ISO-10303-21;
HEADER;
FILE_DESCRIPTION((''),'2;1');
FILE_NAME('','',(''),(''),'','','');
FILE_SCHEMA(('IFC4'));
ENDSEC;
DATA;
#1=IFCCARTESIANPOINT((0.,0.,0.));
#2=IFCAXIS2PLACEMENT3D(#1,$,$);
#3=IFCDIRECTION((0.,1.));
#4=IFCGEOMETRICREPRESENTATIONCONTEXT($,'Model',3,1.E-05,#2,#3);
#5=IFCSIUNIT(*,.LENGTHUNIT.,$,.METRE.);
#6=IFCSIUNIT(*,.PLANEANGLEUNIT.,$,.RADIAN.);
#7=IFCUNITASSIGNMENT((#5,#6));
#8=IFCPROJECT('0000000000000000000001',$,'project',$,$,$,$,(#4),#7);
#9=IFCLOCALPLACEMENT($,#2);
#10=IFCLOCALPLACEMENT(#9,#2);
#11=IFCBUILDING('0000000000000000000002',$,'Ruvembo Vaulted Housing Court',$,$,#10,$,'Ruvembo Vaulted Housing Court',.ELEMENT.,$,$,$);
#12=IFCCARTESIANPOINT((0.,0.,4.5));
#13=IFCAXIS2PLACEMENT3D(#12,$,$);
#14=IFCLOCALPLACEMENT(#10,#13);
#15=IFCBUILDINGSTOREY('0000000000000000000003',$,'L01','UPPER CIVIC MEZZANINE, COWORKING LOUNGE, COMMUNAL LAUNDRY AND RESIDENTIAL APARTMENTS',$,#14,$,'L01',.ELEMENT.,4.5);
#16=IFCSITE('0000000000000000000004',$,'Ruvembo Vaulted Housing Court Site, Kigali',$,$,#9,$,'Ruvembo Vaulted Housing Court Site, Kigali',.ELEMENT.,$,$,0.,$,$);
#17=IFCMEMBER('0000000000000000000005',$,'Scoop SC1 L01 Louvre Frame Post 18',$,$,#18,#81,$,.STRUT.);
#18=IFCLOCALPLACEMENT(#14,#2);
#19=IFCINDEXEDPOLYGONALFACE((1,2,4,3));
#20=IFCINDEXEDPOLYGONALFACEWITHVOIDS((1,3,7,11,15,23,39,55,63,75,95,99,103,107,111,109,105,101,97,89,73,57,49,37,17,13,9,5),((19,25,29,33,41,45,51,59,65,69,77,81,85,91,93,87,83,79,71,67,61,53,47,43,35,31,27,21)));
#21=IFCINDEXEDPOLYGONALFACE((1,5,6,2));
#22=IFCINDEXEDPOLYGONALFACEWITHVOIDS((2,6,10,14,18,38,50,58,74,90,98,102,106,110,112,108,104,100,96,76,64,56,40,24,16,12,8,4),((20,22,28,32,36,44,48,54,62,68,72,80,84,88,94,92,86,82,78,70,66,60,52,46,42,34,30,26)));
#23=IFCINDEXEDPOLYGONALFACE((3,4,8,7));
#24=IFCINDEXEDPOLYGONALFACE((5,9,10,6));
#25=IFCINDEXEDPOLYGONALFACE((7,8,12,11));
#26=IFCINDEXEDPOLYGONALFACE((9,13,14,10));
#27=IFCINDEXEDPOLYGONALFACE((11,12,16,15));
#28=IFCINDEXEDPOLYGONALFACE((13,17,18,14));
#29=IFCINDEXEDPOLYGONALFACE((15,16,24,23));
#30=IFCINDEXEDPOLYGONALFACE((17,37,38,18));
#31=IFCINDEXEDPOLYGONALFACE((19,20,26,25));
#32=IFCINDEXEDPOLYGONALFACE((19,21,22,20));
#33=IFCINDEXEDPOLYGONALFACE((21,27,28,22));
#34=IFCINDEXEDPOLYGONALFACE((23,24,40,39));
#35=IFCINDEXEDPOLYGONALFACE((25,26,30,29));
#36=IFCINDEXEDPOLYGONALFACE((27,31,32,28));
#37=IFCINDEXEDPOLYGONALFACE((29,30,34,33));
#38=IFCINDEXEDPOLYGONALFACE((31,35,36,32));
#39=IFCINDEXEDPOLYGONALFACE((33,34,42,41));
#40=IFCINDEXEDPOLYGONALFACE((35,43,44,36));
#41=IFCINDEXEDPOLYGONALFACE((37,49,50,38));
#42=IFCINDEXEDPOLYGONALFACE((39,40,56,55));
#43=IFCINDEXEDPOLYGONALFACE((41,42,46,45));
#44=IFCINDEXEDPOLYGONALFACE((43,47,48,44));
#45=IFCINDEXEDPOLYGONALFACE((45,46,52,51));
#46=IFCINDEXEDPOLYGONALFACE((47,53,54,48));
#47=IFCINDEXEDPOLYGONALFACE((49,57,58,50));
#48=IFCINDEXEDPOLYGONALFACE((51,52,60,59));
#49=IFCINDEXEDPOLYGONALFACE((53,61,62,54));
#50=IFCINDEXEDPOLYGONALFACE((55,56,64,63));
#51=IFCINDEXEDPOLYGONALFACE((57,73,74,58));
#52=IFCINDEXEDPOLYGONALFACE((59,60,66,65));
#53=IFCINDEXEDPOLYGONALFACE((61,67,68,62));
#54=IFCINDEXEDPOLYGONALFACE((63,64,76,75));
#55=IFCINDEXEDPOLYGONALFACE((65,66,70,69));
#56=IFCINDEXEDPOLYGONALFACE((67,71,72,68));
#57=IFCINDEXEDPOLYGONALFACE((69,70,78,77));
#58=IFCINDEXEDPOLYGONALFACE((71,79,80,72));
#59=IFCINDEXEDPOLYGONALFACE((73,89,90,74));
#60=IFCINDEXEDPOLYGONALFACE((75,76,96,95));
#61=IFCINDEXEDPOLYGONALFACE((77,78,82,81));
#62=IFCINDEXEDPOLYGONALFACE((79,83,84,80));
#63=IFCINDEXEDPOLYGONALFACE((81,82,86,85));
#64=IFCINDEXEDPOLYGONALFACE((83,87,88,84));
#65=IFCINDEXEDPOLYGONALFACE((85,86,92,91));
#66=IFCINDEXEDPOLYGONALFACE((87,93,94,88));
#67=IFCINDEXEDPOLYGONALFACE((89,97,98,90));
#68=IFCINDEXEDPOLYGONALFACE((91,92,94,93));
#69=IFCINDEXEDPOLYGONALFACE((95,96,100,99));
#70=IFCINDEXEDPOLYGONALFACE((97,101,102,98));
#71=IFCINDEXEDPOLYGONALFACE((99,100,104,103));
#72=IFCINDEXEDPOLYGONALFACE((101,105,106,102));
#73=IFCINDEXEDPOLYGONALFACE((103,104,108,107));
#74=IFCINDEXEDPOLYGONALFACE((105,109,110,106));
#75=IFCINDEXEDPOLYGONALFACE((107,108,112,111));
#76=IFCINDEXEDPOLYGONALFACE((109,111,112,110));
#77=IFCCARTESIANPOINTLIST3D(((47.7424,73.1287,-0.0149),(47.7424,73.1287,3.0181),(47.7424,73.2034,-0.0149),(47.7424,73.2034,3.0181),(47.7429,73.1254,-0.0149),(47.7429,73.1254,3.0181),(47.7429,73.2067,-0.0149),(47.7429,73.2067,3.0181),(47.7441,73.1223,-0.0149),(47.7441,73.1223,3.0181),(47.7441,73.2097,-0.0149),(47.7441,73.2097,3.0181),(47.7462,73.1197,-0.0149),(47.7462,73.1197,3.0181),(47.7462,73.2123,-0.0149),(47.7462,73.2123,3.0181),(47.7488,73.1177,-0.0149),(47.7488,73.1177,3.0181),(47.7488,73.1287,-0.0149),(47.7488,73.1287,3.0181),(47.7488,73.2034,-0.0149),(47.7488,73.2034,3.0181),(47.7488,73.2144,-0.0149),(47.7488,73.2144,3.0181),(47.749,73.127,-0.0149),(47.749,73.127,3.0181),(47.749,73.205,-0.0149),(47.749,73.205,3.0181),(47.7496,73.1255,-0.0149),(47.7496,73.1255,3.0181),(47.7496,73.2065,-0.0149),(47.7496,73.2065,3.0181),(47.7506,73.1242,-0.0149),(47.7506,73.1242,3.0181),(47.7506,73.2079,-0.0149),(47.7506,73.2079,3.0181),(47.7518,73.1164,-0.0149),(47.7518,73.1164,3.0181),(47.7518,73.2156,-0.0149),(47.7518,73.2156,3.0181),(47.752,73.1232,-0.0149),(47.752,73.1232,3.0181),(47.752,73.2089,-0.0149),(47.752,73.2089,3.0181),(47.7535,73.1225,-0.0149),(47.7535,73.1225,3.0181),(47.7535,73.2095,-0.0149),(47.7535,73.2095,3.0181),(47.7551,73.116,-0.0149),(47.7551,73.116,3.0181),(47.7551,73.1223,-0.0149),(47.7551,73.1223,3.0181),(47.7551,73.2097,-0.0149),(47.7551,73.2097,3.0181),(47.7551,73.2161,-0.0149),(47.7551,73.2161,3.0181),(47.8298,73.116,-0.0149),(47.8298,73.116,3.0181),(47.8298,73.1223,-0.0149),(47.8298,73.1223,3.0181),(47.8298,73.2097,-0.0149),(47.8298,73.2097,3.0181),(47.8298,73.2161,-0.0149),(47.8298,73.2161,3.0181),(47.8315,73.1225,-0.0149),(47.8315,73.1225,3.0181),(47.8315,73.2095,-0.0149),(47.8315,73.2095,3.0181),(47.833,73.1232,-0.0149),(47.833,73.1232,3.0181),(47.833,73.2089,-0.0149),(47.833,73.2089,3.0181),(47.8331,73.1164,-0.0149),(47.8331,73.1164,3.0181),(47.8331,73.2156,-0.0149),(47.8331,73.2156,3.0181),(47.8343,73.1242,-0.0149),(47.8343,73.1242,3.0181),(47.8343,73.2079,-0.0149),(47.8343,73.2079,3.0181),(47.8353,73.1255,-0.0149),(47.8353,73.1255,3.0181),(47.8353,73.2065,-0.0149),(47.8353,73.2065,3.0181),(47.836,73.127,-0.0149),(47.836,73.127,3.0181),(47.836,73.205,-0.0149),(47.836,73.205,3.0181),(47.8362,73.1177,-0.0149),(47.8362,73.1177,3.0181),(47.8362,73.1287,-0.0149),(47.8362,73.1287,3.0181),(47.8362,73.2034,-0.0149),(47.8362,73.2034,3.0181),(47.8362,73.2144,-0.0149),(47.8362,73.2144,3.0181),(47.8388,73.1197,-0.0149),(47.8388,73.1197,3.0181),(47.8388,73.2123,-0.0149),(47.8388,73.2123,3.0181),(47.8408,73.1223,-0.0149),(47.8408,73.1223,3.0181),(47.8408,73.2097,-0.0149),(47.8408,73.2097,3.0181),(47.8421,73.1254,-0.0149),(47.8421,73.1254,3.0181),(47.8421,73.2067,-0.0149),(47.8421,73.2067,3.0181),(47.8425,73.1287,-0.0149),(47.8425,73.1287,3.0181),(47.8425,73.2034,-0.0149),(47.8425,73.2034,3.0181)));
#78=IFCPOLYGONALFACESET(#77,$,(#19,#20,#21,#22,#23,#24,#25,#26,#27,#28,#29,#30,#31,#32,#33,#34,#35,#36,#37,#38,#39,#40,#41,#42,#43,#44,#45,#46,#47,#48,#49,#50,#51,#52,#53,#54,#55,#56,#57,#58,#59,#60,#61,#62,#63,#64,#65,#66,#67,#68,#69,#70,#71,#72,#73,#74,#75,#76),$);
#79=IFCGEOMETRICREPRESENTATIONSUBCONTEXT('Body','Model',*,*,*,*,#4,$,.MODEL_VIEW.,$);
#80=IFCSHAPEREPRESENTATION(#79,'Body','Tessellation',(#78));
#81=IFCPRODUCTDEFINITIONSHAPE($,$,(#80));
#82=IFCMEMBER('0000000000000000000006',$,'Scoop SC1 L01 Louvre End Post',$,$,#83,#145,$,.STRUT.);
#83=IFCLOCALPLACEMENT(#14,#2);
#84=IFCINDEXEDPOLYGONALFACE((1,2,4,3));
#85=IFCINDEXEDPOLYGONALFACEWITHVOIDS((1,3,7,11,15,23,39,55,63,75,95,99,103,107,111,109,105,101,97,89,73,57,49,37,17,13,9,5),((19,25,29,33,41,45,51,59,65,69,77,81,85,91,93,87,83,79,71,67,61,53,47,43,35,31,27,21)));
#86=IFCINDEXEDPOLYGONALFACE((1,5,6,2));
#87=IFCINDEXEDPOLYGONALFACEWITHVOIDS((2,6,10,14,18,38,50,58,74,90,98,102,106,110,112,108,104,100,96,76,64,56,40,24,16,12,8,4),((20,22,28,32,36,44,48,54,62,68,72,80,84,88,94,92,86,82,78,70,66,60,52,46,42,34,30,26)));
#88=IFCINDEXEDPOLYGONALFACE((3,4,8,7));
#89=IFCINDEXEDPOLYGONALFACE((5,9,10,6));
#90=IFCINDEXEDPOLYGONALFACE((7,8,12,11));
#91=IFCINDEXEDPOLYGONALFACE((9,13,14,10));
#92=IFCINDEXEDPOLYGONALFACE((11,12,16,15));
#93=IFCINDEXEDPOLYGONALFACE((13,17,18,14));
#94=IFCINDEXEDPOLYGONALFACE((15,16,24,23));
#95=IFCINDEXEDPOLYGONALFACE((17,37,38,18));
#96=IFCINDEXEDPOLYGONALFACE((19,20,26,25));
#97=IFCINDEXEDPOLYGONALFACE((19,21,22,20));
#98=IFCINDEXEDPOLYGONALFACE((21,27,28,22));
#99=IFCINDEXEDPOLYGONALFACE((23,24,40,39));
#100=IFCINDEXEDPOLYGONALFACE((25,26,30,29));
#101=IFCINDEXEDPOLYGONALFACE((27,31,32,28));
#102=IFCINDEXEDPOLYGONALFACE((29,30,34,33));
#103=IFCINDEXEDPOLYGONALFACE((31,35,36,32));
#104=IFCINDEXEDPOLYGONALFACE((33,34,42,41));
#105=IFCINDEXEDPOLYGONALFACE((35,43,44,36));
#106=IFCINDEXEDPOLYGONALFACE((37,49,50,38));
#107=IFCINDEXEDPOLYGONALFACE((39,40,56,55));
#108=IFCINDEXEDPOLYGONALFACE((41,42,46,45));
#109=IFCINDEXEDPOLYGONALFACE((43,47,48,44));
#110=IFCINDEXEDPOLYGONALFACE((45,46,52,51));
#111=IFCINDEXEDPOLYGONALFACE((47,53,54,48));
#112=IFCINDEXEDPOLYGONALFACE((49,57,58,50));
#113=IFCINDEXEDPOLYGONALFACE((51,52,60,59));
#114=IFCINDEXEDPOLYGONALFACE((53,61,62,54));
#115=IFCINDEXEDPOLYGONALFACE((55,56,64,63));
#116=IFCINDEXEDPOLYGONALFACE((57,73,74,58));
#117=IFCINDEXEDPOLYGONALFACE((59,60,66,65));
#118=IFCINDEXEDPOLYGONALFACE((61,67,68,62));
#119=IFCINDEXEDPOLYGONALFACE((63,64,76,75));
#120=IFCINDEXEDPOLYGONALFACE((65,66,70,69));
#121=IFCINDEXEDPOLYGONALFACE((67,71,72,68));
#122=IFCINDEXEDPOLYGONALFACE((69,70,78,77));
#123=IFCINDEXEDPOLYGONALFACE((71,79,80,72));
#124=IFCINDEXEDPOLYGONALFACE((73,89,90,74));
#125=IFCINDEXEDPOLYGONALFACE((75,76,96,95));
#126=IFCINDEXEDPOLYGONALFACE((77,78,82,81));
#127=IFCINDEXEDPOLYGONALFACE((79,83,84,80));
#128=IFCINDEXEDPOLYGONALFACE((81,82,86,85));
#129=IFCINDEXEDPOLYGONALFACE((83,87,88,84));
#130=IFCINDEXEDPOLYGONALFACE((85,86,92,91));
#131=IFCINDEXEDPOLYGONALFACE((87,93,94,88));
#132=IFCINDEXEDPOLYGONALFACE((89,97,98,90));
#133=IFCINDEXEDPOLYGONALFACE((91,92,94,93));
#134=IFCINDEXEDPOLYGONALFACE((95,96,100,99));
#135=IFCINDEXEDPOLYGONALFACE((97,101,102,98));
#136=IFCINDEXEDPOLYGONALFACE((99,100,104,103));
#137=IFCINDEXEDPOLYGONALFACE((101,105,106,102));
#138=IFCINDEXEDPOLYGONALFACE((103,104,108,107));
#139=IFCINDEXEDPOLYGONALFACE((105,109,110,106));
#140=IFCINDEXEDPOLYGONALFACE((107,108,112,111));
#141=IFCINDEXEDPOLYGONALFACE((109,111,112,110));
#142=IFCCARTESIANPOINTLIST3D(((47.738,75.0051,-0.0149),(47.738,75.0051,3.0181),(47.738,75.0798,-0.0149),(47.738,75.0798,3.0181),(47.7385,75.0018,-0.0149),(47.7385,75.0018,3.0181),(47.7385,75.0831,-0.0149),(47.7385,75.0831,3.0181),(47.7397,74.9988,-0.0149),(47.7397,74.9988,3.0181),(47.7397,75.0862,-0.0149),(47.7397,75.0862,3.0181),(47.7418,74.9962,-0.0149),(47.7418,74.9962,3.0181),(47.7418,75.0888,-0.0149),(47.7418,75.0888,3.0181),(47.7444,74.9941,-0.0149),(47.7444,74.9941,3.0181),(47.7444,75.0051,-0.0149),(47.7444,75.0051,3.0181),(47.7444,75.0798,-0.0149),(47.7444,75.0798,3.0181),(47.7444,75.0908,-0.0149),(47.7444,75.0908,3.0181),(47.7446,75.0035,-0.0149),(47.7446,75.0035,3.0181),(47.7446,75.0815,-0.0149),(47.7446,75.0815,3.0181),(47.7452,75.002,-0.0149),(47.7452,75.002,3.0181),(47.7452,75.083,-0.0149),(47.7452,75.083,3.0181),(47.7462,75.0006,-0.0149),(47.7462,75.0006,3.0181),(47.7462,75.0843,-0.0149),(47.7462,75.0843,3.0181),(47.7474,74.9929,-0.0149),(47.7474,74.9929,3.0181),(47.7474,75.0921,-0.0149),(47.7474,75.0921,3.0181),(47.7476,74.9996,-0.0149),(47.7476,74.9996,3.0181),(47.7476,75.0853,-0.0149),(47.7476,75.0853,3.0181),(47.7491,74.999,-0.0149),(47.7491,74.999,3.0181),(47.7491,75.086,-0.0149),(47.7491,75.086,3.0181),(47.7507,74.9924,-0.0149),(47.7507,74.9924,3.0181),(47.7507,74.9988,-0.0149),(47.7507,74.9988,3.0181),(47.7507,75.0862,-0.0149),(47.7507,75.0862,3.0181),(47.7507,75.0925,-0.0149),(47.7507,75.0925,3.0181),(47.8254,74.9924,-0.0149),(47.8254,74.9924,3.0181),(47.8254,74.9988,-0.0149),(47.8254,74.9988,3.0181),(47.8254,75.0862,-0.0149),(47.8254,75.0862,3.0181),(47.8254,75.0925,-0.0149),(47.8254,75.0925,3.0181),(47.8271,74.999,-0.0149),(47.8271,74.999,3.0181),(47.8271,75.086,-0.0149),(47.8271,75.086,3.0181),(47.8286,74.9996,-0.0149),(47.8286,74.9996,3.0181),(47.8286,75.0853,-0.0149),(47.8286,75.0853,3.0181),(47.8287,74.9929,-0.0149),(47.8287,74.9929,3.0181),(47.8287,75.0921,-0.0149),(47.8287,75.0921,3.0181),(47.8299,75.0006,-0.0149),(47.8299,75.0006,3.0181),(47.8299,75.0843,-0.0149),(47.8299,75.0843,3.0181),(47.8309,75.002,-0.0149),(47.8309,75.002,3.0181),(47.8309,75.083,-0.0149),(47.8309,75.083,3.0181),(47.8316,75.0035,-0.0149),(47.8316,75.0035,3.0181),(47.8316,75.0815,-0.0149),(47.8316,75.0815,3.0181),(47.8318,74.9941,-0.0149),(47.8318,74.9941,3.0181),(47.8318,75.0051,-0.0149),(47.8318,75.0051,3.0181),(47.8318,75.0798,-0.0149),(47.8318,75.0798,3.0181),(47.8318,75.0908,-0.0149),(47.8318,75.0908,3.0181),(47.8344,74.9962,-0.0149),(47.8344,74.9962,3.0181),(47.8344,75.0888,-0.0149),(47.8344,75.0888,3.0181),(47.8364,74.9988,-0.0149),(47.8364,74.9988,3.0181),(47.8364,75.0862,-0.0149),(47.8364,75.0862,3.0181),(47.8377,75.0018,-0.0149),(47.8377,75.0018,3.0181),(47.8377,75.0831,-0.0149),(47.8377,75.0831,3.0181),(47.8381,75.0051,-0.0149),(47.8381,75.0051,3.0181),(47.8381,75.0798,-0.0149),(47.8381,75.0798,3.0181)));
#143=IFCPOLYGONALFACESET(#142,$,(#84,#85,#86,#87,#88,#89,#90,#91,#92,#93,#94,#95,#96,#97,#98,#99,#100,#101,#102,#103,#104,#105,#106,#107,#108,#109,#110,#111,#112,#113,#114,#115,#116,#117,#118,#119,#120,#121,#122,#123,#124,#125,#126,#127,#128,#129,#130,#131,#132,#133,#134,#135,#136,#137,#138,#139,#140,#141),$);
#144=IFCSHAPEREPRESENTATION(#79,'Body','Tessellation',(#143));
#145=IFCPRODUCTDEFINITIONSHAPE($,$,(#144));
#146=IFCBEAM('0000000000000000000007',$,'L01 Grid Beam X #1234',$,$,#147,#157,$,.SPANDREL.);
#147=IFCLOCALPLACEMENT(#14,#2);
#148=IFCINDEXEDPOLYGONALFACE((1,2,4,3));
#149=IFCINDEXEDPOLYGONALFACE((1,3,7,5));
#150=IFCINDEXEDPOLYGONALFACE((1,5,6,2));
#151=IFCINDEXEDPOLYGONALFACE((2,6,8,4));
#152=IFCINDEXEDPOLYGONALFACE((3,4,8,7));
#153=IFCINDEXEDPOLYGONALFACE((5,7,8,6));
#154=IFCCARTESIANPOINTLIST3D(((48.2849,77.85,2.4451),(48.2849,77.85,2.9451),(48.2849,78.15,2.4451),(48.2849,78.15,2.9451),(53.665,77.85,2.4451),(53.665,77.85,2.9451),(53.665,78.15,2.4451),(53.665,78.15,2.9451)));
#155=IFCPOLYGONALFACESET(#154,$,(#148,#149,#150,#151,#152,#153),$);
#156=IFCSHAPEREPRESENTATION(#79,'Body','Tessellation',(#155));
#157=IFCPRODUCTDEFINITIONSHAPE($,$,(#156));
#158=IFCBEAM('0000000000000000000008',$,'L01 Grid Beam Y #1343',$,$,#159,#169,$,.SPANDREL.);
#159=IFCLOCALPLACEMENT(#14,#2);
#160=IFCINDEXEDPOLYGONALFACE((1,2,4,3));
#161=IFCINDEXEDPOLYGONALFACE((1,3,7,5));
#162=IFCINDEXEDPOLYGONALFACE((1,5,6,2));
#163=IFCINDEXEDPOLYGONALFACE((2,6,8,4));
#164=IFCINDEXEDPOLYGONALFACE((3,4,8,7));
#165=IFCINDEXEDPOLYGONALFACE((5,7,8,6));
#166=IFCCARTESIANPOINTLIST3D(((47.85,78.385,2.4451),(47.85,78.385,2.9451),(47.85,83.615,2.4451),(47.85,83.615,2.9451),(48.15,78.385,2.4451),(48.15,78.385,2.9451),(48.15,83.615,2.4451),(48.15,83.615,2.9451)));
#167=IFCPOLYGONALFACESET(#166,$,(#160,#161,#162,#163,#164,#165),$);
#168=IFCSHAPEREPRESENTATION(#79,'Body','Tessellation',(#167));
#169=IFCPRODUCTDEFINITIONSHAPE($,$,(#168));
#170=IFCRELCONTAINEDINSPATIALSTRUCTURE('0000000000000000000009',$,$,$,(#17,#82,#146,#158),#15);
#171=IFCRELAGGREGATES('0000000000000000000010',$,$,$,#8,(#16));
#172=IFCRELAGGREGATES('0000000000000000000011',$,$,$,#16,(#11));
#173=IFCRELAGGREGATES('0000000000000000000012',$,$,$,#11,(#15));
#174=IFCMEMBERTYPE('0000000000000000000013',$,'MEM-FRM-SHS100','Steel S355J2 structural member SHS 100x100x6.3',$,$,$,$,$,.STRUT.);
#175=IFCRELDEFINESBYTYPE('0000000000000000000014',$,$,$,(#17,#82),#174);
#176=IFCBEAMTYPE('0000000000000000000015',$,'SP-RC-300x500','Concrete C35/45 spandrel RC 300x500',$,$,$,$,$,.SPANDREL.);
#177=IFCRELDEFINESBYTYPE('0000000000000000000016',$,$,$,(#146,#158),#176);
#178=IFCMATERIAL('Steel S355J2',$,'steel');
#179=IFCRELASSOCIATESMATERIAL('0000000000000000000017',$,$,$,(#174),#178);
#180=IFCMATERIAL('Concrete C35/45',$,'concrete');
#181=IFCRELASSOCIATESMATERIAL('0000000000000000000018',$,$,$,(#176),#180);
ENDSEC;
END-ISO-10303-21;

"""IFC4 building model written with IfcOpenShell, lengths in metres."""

from ifc_helpers import new_model, si_unit, direction, frame, origin, origin_2d, place, context, subcontext, project, spatial, rectangle, hollow_rectangle, extrude, material, material_profile, profile_set, type_object, element, save


model = new_model("IFC4")

# Units and contexts
model_context = context("Model", 3, precision=1e-05, world=origin(), true_north=direction((0.0, 1.0)))
body_context = subcontext(model_context, "Body", "Model", "MODEL_VIEW")
ifc_project = project(units=[si_unit("LENGTHUNIT", "METRE"), si_unit("PLANEANGLEUNIT", "RADIAN")], contexts=[model_context])

# Site, building, storey
site_placement = place(None, origin())
site = spatial("IfcSite", under=ifc_project, at=site_placement, Name="Ruvembo Vaulted Housing Court Site, Kigali", LongName="Ruvembo Vaulted Housing Court Site, Kigali", CompositionType="ELEMENT", RefElevation=0.0)
building_placement = place(site_placement, origin())
building = spatial("IfcBuilding", under=site, at=building_placement, Name="Ruvembo Vaulted Housing Court", LongName="Ruvembo Vaulted Housing Court", CompositionType="ELEMENT")
storey_placement = place(building_placement, frame((0.0, 0.0, 4.5)))
storey = spatial("IfcBuildingStorey", under=building, at=storey_placement, Name="L01", Description="UPPER CIVIC MEZZANINE, COWORKING LOUNGE, COMMUNAL LAUNDRY AND RESIDENTIAL APARTMENTS", LongName="L01", CompositionType="ELEMENT", Elevation=4.5)

# Shared definitions
ifc_material_1 = material(Name="Steel S355J2", Category="steel")

# Members
ifc_material_profile_1 = material_profile(ifc_material_1, hollow_rectangle(XDim=0.1001, YDim=0.1001, WallThickness=0.0063, InnerFilletRadius=0.0063, OuterFilletRadius=0.0127, at=origin_2d()), Name="SHS 100x100x6.3")
ifc_profile_set_1 = profile_set([ifc_material_profile_1], Name="Steel S355J2")
member_type_1 = type_object("IfcMemberType", Name="MEM-FRM-SHS100", Description="Steel S355J2 structural member SHS 100x100x6.3", PredefinedType="STRUT", material=ifc_profile_set_1)
for number, where, z_axis, x_axis, name in (
    (1, (47.7925, 73.166, -0.0149), (0.0, 0.0, 1.0), (1.0, 0.0, 0.0), "Scoop SC1 L01 Louvre Frame Post 18"),
    (2, (47.7881, 75.0425, -0.0149), (0.0, 0.0, 1.0), (1.0, 0.0, 0.0), "Scoop SC1 L01 Louvre End Post"),
):
    element("IfcMember", number, at=place(storey_placement, frame(where, z_axis=z_axis, x_axis=x_axis)), inside=storey, type_object=member_type_1, Name=name, PredefinedType="STRUT", context=body_context, shape_type="SweptSolid", body=[
        extrude(hollow_rectangle(XDim=0.1001, YDim=0.1001, WallThickness=0.0063, InnerFilletRadius=0.0063, OuterFilletRadius=0.0127, at=origin_2d()), origin(), (0.0, 0.0, 1.0), 3.033),
    ])

# Beams
ifc_material_2 = material(Name="Concrete C35/45", Category="concrete")
ifc_material_profile_2 = material_profile(ifc_material_2, rectangle(XDim=0.3, YDim=0.5, at=origin_2d()), Name="RC 300x500")
ifc_profile_set_2 = profile_set([ifc_material_profile_2], Name="Concrete C35/45")
beam_type_1 = type_object("IfcBeamType", Name="SP-RC-300x500", Description="Concrete C35/45 spandrel RC 300x500", PredefinedType="SPANDREL", material=ifc_profile_set_2)
beam_1_placement = place(storey_placement, frame((48.2849, 78.0, 2.6951), z_axis=(1.0, 0.0, 0.0), x_axis=(0.0, 1.0, 0.0)))
element("IfcBeam", 3, at=beam_1_placement, inside=storey, type_object=beam_type_1, Name="L01 Grid Beam X #1234", PredefinedType="SPANDREL", context=body_context, shape_type="SweptSolid", body=[
    extrude(rectangle(XDim=0.3, YDim=0.5, at=origin_2d()), origin(), (0.0, 0.0, 1.0), 5.3801),
])
beam_2_placement = place(storey_placement, frame((48.0, 78.385, 2.6951), z_axis=(0.0, 1.0, 0.0), x_axis=(-1.0, 0.0, 0.0)))
element("IfcBeam", 4, at=beam_2_placement, inside=storey, type_object=beam_type_1, Name="L01 Grid Beam Y #1343", PredefinedType="SPANDREL", context=body_context, shape_type="SweptSolid", body=[
    extrude(rectangle(XDim=0.3, YDim=0.5, at=origin_2d()), origin(), (0.0, 0.0, 1.0), 5.23),
])

save(model, "model.ifc")
